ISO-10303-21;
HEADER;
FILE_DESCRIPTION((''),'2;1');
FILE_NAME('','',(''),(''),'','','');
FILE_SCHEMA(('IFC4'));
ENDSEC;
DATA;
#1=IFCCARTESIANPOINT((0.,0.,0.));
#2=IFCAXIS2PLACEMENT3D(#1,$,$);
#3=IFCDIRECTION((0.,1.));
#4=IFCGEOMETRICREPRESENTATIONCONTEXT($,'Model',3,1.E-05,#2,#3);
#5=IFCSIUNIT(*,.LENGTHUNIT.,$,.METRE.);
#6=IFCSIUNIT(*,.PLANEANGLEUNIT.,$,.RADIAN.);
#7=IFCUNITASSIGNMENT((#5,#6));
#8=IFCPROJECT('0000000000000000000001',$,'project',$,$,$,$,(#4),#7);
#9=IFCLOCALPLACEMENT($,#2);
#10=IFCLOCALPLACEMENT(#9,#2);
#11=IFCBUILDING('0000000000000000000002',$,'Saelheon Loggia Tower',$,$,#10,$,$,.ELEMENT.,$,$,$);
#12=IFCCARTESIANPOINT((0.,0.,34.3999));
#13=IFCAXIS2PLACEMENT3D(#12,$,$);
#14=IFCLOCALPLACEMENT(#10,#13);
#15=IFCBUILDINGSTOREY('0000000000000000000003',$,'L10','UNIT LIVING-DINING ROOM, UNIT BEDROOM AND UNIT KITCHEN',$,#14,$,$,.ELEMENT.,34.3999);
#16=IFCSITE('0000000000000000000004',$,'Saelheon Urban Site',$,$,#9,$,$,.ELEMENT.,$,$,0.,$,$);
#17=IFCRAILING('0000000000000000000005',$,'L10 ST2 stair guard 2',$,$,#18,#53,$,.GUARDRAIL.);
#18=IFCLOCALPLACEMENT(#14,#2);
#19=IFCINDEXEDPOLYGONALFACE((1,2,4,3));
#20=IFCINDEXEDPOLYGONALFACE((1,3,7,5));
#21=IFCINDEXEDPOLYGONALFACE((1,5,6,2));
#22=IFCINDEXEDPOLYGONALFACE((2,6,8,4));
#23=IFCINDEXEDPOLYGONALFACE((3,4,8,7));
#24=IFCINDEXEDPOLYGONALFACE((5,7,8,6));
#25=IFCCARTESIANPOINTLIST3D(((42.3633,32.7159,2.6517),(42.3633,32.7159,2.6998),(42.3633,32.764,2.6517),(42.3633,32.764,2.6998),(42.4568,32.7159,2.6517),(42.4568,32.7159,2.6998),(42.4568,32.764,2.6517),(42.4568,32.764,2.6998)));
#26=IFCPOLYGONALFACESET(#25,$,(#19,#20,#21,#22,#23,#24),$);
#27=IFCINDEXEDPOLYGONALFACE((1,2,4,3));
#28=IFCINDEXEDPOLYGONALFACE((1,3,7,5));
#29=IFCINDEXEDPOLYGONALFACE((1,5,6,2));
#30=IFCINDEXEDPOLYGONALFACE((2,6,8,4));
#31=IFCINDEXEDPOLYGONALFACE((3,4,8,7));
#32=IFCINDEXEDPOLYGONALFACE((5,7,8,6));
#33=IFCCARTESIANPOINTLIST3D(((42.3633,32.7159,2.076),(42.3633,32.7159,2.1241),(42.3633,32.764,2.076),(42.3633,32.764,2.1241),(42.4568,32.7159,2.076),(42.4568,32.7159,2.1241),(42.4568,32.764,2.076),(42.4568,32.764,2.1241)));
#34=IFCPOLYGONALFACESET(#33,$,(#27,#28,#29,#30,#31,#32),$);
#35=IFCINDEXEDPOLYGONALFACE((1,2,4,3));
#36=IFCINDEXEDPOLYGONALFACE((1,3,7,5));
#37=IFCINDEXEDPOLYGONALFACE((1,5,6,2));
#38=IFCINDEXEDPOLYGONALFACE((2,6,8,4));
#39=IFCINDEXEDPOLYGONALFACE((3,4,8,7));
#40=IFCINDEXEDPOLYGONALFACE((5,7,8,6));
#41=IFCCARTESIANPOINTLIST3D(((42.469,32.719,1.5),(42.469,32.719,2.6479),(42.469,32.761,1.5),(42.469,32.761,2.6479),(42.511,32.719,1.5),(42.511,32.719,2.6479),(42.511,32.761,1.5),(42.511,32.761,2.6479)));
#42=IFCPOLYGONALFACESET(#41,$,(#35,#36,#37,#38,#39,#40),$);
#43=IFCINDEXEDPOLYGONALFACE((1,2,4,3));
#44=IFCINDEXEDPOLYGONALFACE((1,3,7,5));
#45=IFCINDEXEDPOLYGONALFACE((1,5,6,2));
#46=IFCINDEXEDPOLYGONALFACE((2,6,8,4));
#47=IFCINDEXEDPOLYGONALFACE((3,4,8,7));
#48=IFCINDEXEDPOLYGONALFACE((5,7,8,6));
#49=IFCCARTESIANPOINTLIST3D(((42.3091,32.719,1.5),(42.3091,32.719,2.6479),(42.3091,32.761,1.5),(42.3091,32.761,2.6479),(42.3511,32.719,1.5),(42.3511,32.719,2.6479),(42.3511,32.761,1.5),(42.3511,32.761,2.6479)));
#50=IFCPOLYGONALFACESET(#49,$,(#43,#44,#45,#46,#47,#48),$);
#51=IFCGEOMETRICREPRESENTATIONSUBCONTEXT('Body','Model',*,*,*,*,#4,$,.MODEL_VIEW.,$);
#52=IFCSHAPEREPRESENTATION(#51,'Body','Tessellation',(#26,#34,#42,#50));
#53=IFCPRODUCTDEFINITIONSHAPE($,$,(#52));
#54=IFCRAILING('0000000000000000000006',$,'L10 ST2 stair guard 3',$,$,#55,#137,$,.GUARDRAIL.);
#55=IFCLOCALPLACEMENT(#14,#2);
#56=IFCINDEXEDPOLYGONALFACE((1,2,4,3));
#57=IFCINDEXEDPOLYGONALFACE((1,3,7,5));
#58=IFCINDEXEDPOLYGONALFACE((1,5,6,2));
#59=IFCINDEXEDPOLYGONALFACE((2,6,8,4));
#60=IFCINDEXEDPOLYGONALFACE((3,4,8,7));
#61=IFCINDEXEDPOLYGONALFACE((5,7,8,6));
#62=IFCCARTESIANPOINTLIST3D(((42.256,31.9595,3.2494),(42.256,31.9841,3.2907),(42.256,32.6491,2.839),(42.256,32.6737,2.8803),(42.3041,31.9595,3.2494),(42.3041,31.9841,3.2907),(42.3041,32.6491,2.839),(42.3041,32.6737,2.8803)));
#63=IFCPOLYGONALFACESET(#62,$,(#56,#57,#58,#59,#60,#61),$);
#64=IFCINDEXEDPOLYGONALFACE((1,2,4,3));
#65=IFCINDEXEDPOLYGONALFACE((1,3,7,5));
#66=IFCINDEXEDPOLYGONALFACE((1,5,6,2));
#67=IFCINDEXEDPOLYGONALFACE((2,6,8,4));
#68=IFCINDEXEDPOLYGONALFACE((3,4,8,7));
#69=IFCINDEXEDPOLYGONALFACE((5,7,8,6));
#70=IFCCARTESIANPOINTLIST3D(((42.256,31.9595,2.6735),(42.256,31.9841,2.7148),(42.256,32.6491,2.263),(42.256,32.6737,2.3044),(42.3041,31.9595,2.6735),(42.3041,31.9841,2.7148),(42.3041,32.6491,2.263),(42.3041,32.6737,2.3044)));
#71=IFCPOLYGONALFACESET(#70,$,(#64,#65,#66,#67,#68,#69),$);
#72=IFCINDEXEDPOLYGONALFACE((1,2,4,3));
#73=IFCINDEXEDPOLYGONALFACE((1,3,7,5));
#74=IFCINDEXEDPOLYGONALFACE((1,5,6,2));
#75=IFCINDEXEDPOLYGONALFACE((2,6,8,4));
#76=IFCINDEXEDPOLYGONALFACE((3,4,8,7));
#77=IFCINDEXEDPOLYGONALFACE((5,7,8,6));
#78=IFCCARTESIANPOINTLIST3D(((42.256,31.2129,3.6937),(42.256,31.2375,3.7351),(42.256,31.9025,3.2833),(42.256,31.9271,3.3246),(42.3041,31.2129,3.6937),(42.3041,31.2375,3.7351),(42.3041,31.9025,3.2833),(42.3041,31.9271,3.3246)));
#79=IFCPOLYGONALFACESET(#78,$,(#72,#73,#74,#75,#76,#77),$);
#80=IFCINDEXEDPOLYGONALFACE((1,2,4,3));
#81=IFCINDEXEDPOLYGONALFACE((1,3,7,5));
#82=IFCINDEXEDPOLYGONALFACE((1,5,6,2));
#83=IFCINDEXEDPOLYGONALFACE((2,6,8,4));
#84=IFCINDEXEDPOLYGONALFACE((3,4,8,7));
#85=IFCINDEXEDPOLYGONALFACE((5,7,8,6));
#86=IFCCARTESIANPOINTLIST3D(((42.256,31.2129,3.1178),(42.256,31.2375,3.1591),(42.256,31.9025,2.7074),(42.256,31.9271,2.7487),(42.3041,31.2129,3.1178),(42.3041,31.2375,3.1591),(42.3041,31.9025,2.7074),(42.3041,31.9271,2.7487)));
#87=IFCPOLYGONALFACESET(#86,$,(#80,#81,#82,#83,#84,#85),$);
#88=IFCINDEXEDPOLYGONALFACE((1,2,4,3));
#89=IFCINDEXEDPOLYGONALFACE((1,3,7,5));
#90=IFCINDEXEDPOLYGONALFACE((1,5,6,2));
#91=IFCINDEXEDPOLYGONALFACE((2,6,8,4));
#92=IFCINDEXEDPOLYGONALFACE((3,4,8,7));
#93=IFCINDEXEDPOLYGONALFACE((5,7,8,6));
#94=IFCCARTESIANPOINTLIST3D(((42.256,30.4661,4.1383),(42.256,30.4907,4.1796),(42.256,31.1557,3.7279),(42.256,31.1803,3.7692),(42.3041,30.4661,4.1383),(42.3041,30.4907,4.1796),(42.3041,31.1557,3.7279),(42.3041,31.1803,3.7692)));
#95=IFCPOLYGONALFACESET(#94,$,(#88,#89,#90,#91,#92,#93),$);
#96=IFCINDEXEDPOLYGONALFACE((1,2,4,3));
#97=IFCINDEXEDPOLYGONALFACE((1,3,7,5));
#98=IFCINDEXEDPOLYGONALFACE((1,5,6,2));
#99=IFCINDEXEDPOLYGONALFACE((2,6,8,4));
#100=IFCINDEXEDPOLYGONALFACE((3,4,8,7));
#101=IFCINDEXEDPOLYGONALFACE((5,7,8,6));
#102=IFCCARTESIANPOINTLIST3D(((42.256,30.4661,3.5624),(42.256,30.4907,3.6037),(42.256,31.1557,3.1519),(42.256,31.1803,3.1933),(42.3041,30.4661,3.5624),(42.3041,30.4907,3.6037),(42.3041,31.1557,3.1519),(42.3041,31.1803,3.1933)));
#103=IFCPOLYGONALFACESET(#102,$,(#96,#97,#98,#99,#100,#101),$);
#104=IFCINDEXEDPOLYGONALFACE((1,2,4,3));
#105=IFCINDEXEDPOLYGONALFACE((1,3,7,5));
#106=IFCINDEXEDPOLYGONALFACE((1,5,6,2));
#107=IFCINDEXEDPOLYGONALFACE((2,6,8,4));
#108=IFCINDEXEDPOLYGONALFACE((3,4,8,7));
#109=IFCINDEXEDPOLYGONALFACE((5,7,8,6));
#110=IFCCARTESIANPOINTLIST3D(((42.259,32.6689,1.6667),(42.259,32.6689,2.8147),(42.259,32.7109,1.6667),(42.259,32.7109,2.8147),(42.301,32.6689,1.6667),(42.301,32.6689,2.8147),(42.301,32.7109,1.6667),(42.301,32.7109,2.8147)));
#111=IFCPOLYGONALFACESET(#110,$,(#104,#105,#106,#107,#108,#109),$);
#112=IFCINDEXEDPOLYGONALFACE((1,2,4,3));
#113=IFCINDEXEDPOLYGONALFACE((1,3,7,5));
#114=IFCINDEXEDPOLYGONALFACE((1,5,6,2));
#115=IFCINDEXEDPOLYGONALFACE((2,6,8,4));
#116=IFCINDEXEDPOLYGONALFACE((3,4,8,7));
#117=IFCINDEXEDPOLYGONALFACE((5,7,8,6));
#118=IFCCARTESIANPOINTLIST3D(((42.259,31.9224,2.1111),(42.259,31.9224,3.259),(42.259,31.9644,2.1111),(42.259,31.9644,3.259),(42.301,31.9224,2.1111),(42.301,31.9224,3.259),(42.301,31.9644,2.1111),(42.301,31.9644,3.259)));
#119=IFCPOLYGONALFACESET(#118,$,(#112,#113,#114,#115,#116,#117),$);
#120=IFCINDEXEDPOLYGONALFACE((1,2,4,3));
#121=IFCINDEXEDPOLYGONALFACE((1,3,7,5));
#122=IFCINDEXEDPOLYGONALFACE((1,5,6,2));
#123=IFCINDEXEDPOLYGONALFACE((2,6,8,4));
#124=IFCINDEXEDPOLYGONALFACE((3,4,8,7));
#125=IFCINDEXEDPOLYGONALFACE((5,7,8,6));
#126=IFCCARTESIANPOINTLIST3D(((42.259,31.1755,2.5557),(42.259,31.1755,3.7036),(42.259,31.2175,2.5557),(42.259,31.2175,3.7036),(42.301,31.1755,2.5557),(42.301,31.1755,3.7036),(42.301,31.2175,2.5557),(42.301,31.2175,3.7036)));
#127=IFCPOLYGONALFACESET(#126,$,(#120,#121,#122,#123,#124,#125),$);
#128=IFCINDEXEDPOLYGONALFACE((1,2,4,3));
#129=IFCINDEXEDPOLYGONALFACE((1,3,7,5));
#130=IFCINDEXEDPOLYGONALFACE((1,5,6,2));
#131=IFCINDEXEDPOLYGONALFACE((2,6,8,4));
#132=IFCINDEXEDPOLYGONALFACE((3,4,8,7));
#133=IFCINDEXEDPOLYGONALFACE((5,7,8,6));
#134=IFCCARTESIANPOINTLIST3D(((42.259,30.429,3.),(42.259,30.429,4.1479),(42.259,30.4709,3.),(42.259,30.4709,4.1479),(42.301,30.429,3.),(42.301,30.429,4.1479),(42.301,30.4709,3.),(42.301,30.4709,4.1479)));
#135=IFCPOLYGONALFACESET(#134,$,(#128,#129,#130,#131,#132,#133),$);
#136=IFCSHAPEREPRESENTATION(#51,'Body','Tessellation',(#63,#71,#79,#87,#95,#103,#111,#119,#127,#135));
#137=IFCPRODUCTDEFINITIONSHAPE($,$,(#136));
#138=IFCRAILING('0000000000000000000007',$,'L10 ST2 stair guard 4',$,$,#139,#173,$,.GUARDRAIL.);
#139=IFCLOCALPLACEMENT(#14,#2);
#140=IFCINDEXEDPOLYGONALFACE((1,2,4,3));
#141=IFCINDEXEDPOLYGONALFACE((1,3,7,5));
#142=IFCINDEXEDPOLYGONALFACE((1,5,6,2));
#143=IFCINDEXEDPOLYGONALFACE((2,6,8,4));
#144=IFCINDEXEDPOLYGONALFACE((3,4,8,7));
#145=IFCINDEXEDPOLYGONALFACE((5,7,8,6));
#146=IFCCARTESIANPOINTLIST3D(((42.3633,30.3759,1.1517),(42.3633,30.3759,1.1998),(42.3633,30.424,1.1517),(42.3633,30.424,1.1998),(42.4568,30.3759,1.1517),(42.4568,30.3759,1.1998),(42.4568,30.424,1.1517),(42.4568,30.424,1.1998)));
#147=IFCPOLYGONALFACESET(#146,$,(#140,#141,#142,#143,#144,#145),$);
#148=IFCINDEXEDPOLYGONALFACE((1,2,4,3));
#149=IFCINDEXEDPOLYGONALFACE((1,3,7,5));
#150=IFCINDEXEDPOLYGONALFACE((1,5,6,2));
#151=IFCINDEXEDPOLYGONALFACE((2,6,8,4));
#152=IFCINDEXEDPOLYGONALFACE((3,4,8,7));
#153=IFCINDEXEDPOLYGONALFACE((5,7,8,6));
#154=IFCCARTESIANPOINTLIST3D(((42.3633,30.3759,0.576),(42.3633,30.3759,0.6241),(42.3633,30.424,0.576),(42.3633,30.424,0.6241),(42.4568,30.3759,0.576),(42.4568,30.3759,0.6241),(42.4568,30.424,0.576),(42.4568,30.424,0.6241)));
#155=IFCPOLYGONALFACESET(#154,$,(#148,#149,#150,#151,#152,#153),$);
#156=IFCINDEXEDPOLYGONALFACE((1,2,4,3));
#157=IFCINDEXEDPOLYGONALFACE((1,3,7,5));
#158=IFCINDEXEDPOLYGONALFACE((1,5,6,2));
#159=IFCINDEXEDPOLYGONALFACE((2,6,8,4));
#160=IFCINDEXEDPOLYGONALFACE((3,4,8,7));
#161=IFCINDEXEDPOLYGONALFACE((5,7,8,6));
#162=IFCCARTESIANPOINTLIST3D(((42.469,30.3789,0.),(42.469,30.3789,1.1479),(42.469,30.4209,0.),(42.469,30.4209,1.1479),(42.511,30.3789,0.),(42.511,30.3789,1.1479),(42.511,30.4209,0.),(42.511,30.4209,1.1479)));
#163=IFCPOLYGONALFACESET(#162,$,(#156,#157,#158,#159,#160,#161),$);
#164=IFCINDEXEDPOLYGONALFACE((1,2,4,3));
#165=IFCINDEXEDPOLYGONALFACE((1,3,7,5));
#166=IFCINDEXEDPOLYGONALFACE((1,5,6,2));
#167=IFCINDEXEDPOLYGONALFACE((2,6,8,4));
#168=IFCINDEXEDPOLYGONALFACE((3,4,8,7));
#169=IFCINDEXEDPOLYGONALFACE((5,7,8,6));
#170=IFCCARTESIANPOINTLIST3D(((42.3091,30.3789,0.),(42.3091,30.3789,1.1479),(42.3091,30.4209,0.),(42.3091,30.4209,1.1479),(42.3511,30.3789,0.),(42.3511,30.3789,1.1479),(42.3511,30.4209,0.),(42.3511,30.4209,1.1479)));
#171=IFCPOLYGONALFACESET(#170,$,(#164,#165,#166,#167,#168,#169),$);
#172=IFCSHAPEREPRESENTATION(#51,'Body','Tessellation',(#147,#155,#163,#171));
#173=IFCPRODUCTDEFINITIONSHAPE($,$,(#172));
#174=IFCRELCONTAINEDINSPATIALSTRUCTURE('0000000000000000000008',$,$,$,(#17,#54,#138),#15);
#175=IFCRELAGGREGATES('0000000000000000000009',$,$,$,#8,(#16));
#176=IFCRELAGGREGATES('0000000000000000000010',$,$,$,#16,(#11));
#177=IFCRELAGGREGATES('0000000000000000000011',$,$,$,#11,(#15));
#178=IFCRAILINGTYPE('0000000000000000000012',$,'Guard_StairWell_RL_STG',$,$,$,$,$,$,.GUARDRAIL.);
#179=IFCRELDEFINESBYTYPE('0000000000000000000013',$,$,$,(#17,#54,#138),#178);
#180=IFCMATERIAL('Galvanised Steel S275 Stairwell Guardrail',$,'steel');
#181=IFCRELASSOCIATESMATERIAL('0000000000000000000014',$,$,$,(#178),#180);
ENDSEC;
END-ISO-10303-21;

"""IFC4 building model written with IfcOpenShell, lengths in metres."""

from ifc_helpers import new_model, si_unit, direction, frame, origin, origin_2d, place, context, subcontext, project, spatial, rectangle, extrude, material, type_object, element, save


model = new_model("IFC4")

# Units and contexts
model_context = context("Model", 3, precision=1e-05, world=origin(), true_north=direction((0.0, 1.0)))
body_context = subcontext(model_context, "Body", "Model", "MODEL_VIEW")
ifc_project = project(units=[si_unit("LENGTHUNIT", "METRE"), si_unit("PLANEANGLEUNIT", "RADIAN")], contexts=[model_context])

# Site, building, storey
site_placement = place(None, origin())
site = spatial("IfcSite", under=ifc_project, at=site_placement, Name="Saelheon Urban Site", CompositionType="ELEMENT", RefElevation=0.0)
building_placement = place(site_placement, origin())
building = spatial("IfcBuilding", under=site, at=building_placement, Name="Saelheon Loggia Tower", CompositionType="ELEMENT")
storey_placement = place(building_placement, frame((0.0, 0.0, 34.3999)))
storey = spatial("IfcBuildingStorey", under=building, at=storey_placement, Name="L10", Description="UNIT LIVING-DINING ROOM, UNIT BEDROOM AND UNIT KITCHEN", CompositionType="ELEMENT", Elevation=34.3999)

# Railings
ifc_material_1 = material(Name="Galvanised Steel S275 Stairwell Guardrail", Category="steel")
railing_type_1 = type_object("IfcRailingType", Name="Guard_StairWell_RL_STG", PredefinedType="GUARDRAIL", material=ifc_material_1)
railing_1_placement = place(storey_placement, frame((42.49, 32.74, 1.5)))
element("IfcRailing", 1, at=railing_1_placement, inside=storey, type_object=railing_type_1, Name="L10 ST2 stair guard 2", PredefinedType="GUARDRAIL", context=body_context, shape_type="SweptSolid", body=[
    extrude(rectangle(XDim=0.0481, YDim=0.0481, at=origin_2d()), frame((-0.0332, 0.0, 1.1758), z_axis=(-1.0, 0.0, 0.0), x_axis=(0.0, -1.0, 0.0)), (0.0, 0.0, 1.0), 0.0935),
    extrude(rectangle(XDim=0.0481, YDim=0.0481, at=origin_2d()), frame((-0.0332, 0.0, 0.6001), z_axis=(-1.0, 0.0, 0.0), x_axis=(0.0, -1.0, 0.0)), (0.0, 0.0, 1.0), 0.0935),
    extrude(rectangle(XDim=0.042, YDim=0.042, at=origin_2d()), origin(), (0.0, 0.0, 1.0), 1.1479),
    extrude(rectangle(XDim=0.042, YDim=0.042, at=origin_2d()), frame((-0.1599, 0.0, 0.0)), (0.0, 0.0, 1.0), 1.1479),
])
railing_2_placement = place(storey_placement, frame((42.28, 32.6899, 1.6667)))
element("IfcRailing", 2, at=railing_2_placement, inside=storey, type_object=railing_type_1, Name="L10 ST2 stair guard 3", PredefinedType="GUARDRAIL", context=body_context, shape_type="SweptSolid", body=[
    extrude(rectangle(XDim=0.0481, YDim=0.0481, at=origin_2d()), frame((0.0, -0.0286, 1.1929), z_axis=(0.0, -0.859306, 0.511462), x_axis=(1.0, 0.0, 0.0)), (0.0, 0.0, 1.0), 0.8025),
    extrude(rectangle(XDim=0.0481, YDim=0.0481, at=origin_2d()), frame((0.0, -0.0286, 0.6169), z_axis=(0.0, -0.859306, 0.511462), x_axis=(1.0, 0.0, 0.0)), (0.0, 0.0, 1.0), 0.8025),
    extrude(rectangle(XDim=0.0481, YDim=0.0481, at=origin_2d()), frame((0.0, -0.7751, 1.6372), z_axis=(0.0, -0.859306, 0.511462), x_axis=(1.0, 0.0, 0.0)), (0.0, 0.0, 1.0), 0.8025),
    extrude(rectangle(XDim=0.0481, YDim=0.0481, at=origin_2d()), frame((0.0, -0.7751, 1.0613), z_axis=(0.0, -0.859306, 0.511462), x_axis=(1.0, 0.0, 0.0)), (0.0, 0.0, 1.0), 0.8025),
    extrude(rectangle(XDim=0.0481, YDim=0.0481, at=origin_2d()), frame((0.0, -1.522, 2.0818), z_axis=(0.0, -0.859306, 0.511462), x_axis=(1.0, 0.0, 0.0)), (0.0, 0.0, 1.0), 0.8025),
    extrude(rectangle(XDim=0.0481, YDim=0.0481, at=origin_2d()), frame((0.0, -1.522, 1.5059), z_axis=(0.0, -0.859306, 0.511462), x_axis=(1.0, 0.0, 0.0)), (0.0, 0.0, 1.0), 0.8025),
    extrude(rectangle(XDim=0.042, YDim=0.042, at=origin_2d()), origin(), (0.0, 0.0, 1.0), 1.1479),
    extrude(rectangle(XDim=0.042, YDim=0.042, at=origin_2d()), frame((0.0, -0.7466, 0.4443)), (0.0, 0.0, 1.0), 1.1479),
    extrude(rectangle(XDim=0.042, YDim=0.042, at=origin_2d()), frame((0.0, -1.4934, 0.8889)), (0.0, 0.0, 1.0), 1.1479),
    extrude(rectangle(XDim=0.042, YDim=0.042, at=origin_2d()), frame((0.0, -2.24, 1.3333)), (0.0, 0.0, 1.0), 1.1479),
])
railing_3_placement = place(storey_placement, frame((42.49, 30.3999, 0.0)))
element("IfcRailing", 3, at=railing_3_placement, inside=storey, type_object=railing_type_1, Name="L10 ST2 stair guard 4", PredefinedType="GUARDRAIL", context=body_context, shape_type="SweptSolid", body=[
    extrude(rectangle(XDim=0.0481, YDim=0.0481, at=origin_2d()), frame((-0.0332, 0.0, 1.1758), z_axis=(-1.0, 0.0, 0.0), x_axis=(0.0, -1.0, 0.0)), (0.0, 0.0, 1.0), 0.0935),
    extrude(rectangle(XDim=0.0481, YDim=0.0481, at=origin_2d()), frame((-0.0332, 0.0, 0.6001), z_axis=(-1.0, 0.0, 0.0), x_axis=(0.0, -1.0, 0.0)), (0.0, 0.0, 1.0), 0.0935),
    extrude(rectangle(XDim=0.042, YDim=0.042, at=origin_2d()), origin(), (0.0, 0.0, 1.0), 1.1479),
    extrude(rectangle(XDim=0.042, YDim=0.042, at=origin_2d()), frame((-0.1599, 0.0, 0.0)), (0.0, 0.0, 1.0), 1.1479),
])

save(model, "model.ifc")
